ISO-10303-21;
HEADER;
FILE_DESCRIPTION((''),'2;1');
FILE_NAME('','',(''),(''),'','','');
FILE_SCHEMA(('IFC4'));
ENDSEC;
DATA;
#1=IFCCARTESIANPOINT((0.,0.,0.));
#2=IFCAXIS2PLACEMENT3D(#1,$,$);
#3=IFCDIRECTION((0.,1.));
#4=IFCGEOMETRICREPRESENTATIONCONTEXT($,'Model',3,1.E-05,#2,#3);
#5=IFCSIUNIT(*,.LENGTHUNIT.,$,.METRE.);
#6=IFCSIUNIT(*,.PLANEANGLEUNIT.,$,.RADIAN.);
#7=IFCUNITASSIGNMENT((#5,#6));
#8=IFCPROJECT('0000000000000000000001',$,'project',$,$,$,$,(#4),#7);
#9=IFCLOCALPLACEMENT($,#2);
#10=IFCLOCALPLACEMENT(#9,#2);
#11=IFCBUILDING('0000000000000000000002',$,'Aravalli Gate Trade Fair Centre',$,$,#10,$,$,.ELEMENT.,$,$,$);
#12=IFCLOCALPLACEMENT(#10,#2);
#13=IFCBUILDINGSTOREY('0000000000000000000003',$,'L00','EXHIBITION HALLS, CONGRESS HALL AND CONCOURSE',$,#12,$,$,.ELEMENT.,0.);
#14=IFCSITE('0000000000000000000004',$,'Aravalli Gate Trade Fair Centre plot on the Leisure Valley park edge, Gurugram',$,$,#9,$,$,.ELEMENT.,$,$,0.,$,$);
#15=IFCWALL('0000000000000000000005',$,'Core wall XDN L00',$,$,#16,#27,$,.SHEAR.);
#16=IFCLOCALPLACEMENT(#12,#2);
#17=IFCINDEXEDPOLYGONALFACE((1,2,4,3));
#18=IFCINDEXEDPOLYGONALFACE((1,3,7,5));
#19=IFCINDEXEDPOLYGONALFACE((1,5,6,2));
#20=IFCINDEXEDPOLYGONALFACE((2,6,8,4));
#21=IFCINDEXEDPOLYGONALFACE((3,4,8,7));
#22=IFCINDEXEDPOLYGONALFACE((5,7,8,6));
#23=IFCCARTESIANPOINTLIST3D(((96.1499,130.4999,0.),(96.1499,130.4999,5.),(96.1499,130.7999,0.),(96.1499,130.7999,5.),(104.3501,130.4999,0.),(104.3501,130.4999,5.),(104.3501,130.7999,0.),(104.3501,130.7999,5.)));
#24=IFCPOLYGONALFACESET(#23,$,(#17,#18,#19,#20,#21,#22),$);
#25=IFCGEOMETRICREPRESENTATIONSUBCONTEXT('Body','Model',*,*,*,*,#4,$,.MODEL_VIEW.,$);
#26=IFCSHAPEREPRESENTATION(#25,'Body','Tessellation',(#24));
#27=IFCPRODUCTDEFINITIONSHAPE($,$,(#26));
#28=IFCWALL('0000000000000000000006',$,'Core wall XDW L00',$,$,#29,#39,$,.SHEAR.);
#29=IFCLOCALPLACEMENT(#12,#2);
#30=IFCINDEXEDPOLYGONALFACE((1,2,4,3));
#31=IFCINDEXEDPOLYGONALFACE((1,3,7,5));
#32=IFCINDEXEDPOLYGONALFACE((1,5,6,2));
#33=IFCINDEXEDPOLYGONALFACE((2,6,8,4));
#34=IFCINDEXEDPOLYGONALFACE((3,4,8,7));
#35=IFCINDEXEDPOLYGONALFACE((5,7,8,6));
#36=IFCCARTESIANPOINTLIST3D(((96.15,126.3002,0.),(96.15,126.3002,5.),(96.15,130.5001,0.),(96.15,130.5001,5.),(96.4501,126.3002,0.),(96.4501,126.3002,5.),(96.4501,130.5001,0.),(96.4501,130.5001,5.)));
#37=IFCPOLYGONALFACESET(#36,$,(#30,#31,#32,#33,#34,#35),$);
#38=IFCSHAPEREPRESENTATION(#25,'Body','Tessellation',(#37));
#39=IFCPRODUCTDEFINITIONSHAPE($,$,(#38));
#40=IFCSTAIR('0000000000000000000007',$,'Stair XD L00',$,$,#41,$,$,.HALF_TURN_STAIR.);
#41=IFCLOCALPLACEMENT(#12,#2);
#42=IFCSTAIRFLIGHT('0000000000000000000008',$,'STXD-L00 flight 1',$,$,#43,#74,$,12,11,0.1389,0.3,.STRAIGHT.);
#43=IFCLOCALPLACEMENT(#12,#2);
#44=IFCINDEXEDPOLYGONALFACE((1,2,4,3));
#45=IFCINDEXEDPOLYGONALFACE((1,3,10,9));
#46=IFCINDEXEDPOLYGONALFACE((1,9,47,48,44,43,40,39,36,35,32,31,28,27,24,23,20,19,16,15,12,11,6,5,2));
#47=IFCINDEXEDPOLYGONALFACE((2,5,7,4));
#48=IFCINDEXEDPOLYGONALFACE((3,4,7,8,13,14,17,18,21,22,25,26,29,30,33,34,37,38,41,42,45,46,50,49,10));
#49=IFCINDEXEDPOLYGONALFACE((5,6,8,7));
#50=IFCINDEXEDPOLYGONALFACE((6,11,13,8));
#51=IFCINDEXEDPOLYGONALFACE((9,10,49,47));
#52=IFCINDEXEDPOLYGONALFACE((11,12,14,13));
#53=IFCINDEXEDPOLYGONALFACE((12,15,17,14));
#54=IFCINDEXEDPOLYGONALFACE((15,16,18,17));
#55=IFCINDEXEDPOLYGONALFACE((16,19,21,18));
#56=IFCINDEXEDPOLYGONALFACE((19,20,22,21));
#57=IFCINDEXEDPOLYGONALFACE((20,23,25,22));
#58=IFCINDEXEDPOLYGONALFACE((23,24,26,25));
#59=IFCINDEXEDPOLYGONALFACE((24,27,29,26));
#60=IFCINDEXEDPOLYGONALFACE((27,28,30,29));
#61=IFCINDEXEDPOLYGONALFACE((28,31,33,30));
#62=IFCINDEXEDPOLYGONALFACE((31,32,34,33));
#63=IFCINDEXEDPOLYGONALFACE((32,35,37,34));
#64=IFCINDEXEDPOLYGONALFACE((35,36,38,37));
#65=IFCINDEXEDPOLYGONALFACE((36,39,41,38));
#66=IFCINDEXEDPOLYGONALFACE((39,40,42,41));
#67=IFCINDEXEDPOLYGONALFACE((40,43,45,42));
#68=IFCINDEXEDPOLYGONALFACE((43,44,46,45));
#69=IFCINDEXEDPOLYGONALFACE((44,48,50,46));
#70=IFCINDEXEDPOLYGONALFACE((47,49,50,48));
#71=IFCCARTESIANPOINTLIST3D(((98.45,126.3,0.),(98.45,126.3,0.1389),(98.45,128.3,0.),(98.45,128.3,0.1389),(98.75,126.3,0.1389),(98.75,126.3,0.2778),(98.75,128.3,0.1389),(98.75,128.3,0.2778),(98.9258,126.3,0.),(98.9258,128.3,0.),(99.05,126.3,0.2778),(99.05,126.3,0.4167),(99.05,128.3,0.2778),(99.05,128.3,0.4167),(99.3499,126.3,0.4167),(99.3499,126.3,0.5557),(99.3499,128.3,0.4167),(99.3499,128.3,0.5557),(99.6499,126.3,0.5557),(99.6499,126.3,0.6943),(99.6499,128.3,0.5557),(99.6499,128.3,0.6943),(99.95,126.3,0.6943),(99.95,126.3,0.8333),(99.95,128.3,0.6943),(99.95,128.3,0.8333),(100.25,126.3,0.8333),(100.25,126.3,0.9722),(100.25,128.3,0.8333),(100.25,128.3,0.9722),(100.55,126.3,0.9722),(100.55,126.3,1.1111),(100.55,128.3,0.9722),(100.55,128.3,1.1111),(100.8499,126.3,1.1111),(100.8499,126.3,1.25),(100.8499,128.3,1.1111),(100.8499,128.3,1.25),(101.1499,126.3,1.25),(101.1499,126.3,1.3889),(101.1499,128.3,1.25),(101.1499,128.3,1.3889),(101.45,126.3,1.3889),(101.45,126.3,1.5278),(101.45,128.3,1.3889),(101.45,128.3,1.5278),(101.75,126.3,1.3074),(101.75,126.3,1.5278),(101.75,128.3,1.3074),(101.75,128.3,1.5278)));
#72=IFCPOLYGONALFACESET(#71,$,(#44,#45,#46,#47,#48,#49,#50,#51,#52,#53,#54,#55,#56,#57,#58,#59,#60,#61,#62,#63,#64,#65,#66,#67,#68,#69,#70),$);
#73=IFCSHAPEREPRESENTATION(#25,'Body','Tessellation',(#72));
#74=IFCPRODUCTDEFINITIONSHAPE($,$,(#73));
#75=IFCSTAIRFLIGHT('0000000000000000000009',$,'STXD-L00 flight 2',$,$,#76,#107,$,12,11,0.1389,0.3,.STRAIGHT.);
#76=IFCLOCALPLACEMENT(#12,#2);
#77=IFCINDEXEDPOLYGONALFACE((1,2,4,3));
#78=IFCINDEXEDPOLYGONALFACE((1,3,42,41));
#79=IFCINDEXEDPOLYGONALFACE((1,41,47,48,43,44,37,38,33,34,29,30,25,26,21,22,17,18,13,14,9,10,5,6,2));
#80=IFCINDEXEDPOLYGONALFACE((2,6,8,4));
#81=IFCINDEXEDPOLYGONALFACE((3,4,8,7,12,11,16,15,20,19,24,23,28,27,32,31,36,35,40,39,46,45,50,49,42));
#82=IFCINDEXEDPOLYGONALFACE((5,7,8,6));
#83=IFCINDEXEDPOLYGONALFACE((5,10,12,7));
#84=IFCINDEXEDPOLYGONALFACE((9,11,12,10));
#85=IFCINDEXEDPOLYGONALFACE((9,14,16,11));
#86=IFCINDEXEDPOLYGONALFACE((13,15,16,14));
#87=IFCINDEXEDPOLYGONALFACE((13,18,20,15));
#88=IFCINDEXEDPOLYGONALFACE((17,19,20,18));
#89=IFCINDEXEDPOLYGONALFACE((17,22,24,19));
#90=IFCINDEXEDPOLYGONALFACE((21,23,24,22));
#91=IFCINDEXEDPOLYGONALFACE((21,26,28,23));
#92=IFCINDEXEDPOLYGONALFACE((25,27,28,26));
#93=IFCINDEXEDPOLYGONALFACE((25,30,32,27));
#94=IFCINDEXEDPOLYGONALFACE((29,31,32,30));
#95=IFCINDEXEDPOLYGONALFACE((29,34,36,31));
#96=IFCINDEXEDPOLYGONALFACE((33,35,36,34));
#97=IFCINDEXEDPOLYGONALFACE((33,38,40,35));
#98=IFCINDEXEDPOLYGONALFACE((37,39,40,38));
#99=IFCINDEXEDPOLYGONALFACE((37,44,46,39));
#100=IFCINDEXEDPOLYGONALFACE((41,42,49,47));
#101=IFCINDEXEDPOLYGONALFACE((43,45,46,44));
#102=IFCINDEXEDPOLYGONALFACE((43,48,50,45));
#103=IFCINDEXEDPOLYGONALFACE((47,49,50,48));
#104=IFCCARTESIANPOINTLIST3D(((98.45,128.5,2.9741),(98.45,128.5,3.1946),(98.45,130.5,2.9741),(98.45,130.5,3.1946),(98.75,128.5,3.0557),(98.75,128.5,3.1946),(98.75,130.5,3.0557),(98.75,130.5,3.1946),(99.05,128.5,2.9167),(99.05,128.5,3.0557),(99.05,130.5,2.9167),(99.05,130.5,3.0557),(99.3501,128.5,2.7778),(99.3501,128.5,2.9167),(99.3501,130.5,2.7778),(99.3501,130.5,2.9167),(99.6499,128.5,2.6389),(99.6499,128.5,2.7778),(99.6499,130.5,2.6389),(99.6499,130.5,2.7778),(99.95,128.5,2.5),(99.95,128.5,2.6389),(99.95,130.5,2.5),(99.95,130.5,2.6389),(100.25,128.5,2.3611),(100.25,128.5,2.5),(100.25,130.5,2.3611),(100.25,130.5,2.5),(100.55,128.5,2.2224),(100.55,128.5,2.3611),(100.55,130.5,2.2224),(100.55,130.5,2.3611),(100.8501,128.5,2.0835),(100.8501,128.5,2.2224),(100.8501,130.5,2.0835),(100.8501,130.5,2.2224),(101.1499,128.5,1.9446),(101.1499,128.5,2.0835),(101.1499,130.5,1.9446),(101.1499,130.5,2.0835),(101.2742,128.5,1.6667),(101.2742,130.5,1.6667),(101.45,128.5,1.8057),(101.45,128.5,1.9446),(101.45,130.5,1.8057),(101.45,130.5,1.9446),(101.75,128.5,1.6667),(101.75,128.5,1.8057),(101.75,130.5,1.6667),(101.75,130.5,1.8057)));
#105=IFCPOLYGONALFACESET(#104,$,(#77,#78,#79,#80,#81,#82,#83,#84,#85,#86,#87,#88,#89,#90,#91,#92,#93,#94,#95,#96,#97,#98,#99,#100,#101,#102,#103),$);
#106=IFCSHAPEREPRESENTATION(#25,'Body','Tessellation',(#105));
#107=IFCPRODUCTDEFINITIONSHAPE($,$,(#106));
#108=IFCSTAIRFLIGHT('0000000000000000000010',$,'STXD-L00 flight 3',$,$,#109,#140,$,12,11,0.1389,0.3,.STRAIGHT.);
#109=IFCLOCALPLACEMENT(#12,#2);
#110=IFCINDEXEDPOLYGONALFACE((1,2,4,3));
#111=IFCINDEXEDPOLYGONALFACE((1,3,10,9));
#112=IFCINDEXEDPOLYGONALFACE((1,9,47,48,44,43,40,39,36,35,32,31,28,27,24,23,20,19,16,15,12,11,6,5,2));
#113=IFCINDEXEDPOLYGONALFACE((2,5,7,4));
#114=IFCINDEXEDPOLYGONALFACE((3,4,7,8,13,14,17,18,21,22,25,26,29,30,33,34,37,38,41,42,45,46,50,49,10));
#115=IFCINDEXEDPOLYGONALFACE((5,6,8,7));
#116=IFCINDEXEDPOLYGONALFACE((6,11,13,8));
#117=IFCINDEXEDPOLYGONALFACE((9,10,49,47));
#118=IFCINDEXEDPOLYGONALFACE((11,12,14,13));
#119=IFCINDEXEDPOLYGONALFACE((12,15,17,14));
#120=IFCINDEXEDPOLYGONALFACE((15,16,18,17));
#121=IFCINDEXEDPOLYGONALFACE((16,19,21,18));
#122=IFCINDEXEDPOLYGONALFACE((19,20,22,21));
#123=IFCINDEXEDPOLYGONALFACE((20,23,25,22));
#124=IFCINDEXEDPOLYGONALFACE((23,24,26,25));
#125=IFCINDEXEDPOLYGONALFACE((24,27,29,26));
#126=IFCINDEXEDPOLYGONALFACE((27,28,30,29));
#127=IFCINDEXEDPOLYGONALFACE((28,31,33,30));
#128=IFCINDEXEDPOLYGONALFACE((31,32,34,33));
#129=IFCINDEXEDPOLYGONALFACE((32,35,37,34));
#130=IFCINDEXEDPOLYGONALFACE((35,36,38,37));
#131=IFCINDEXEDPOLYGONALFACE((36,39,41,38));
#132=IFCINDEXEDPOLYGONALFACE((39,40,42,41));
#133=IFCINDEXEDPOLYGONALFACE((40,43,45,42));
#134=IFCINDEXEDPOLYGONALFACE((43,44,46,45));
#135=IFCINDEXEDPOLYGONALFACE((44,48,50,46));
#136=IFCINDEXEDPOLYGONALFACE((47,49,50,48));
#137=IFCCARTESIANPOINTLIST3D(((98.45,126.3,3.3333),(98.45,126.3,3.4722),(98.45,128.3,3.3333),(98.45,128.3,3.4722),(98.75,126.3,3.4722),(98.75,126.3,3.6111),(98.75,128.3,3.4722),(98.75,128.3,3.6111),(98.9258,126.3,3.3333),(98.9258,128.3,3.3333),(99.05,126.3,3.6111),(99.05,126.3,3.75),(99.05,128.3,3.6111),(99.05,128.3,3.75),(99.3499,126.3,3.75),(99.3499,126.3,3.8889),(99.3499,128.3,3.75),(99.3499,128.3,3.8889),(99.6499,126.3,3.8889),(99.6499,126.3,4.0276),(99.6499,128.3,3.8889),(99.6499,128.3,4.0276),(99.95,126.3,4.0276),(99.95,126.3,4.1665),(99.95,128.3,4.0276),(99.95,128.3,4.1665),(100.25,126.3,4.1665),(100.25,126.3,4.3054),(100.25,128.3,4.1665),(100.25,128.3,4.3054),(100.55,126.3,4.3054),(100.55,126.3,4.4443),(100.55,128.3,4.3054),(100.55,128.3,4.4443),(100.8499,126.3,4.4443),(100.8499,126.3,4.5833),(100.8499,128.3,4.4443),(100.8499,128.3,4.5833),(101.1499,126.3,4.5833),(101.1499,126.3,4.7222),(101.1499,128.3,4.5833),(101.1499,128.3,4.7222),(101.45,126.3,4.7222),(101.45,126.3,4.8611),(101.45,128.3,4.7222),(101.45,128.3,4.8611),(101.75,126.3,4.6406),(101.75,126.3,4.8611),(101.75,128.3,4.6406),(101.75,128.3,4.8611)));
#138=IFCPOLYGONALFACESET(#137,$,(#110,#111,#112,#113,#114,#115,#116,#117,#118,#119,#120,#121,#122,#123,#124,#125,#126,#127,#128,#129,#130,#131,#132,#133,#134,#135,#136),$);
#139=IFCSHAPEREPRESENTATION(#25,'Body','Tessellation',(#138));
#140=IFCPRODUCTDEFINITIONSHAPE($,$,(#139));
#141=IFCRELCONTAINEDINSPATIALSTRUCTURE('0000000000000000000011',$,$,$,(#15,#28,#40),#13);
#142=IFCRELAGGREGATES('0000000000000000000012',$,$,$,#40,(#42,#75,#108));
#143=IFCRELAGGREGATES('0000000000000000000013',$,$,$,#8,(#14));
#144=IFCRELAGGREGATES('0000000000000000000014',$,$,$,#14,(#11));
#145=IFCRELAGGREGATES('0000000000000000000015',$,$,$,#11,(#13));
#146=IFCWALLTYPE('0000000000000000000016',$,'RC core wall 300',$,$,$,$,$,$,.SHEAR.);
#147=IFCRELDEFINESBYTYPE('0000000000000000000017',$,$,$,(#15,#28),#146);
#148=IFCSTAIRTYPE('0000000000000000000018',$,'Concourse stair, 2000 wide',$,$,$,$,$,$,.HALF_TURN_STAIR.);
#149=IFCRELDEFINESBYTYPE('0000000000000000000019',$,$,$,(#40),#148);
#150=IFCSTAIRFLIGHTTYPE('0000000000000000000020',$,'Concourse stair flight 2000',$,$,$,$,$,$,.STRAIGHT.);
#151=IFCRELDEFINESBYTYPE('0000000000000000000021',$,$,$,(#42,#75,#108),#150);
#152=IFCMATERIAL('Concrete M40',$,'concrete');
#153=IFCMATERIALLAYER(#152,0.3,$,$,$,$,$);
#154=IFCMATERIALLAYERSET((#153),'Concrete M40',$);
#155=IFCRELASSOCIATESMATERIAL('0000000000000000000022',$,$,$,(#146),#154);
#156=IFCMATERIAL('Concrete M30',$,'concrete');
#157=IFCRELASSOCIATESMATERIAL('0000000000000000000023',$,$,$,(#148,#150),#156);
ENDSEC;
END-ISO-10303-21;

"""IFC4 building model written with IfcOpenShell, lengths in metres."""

from ifc_helpers import new_model, si_unit, direction, frame, frame_2d, origin, place, context, subcontext, project, spatial, polyline, rectangle, outline, extrude, material, layer, layer_set, type_object, element, aggregate, save


model = new_model("IFC4")

# Units and contexts
model_context = context("Model", 3, precision=1e-05, world=origin(), true_north=direction((0.0, 1.0)))
body_context = subcontext(model_context, "Body", "Model", "MODEL_VIEW")
ifc_project = project(units=[si_unit("LENGTHUNIT", "METRE"), si_unit("PLANEANGLEUNIT", "RADIAN")], contexts=[model_context])

# Site, building, storey
site_placement = place(None, origin())
site = spatial("IfcSite", under=ifc_project, at=site_placement, Name="Aravalli Gate Trade Fair Centre plot on the Leisure Valley park edge, Gurugram", CompositionType="ELEMENT", RefElevation=0.0)
building_placement = place(site_placement, origin())
building = spatial("IfcBuilding", under=site, at=building_placement, Name="Aravalli Gate Trade Fair Centre", CompositionType="ELEMENT")
storey_placement = place(building_placement, origin())
storey = spatial("IfcBuildingStorey", under=building, at=storey_placement, Name="L00", Description="EXHIBITION HALLS, CONGRESS HALL AND CONCOURSE", CompositionType="ELEMENT", Elevation=0.0)

# Shared definitions
ifc_material_1 = material(Name="Concrete M40", Category="concrete")
ifc_layer_1 = layer(ifc_material_1, 0.3)
ifc_layer_set_1 = layer_set([ifc_layer_1], Name="Concrete M40")
wall_type_1 = type_object("IfcWallType", Name="RC core wall 300", PredefinedType="SHEAR", material=ifc_layer_set_1)

# Walls
wall_1_placement = place(storey_placement, frame((96.1499, 130.6499, 0.0), z_axis=(0.0, 0.0, 1.0), x_axis=(1.0, 0.0, 0.0)))
element("IfcWall", 1, at=wall_1_placement, inside=storey, type_object=wall_type_1, Name="Core wall XDN L00", PredefinedType="SHEAR", context=body_context, shape_type="SweptSolid", body=[
    extrude(rectangle(XDim=8.2002, YDim=0.3, at=frame_2d((4.1001, 0.0))), origin(), (0.0, 0.0, 1.0), 5.0),
])
wall_2_placement = place(storey_placement, frame((96.3, 126.3, 0.0), z_axis=(0.0, 0.0, 1.0), x_axis=(0.0, 1.0, 0.0)))
element("IfcWall", 2, at=wall_2_placement, inside=storey, type_object=wall_type_1, Name="Core wall XDW L00", PredefinedType="SHEAR", context=body_context, shape_type="SweptSolid", body=[
    extrude(rectangle(XDim=4.2, YDim=0.3, at=frame_2d((2.1001, 0.0))), origin(), (0.0, 0.0, 1.0), 5.0),
])

# Stair, stair flights
ifc_material_2 = material(Name="Concrete M30", Category="concrete")
stair_type = type_object("IfcStairType", Name="Concourse stair, 2000 wide", PredefinedType="HALF_TURN_STAIR", material=ifc_material_2)
stair_placement = place(storey_placement, origin())
stair = element("IfcStair", 3, at=stair_placement, inside=storey, type_object=stair_type, Name="Stair XD L00", PredefinedType="HALF_TURN_STAIR")
stair_flight_type = type_object("IfcStairFlightType", Name="Concourse stair flight 2000", PredefinedType="STRAIGHT", material=ifc_material_2)
stair_flight_1_placement = place(storey_placement, frame((98.45, 127.3, 0.0), z_axis=(0.0, 0.0, 1.0), x_axis=(1.0, 0.0, 0.0)))
stair_flight_1 = element("IfcStairFlight", 4, at=stair_flight_1_placement, type_object=stair_flight_type, Name="STXD-L00 flight 1", NumberOfRisers=12, NumberOfTreads=11, PredefinedType="STRAIGHT", RiserHeight=0.1389, TreadLength=0.3, context=body_context, shape_type="SweptSolid", body=[
    extrude(outline(polyline([(0.0, 0.0), (0.0, 0.1389), (0.3, 0.1389), (0.3, 0.2778), (0.6001, 0.2778), (0.6001, 0.4167), (0.8999, 0.4167), (0.8999, 0.5557), (1.2, 0.5557), (1.2, 0.6943), (1.5, 0.6943), (1.5, 0.8333), (1.8, 0.8333), (1.8, 0.9722), (2.1001, 0.9722), (2.1001, 1.1111), (2.3999, 1.1111), (2.3999, 1.25), (2.7, 1.25), (2.7, 1.3889), (3.0, 1.3889), (3.0, 1.5278), (3.3, 1.5278), (3.3, 1.6667), (3.3, 1.3074), (0.4758, 0.0), (0.0, 0.0)])), frame((0.0, 1.0, 0.0), z_axis=(0.0, -1.0, 0.0), x_axis=(1.0, 0.0, 0.0)), (0.0, 0.0, 1.0), 2.0),
])
stair_flight_2_placement = place(storey_placement, frame((101.75, 129.5, 1.6667), z_axis=(0.0, 0.0, 1.0), x_axis=(-1.0, 0.0, 0.0)))
stair_flight_2 = element("IfcStairFlight", 5, at=stair_flight_2_placement, type_object=stair_flight_type, Name="STXD-L00 flight 2", NumberOfRisers=12, NumberOfTreads=11, PredefinedType="STRAIGHT", RiserHeight=0.1389, TreadLength=0.3, context=body_context, shape_type="SweptSolid", body=[
    extrude(outline(polyline([(0.0, 0.0), (0.0, 0.1389), (0.3, 0.1389), (0.3, 0.2778), (0.6001, 0.2778), (0.6001, 0.4167), (0.8999, 0.4167), (0.8999, 0.5557), (1.2, 0.5557), (1.2, 0.6943), (1.5, 0.6943), (1.5, 0.8333), (1.8, 0.8333), (1.8, 0.9722), (2.1001, 0.9722), (2.1001, 1.1111), (2.3999, 1.1111), (2.3999, 1.25), (2.7, 1.25), (2.7, 1.3889), (3.0, 1.3889), (3.0, 1.5278), (3.3, 1.5278), (3.3, 1.6667), (3.3, 1.3074), (0.4758, 0.0), (0.0, 0.0)])), frame((0.0, 1.0, 0.0), z_axis=(0.0, -1.0, 0.0), x_axis=(1.0, 0.0, 0.0)), (0.0, 0.0, 1.0), 2.0),
])
stair_flight_3_placement = place(storey_placement, frame((98.45, 127.3, 3.3333), z_axis=(0.0, 0.0, 1.0), x_axis=(1.0, 0.0, 0.0)))
stair_flight_3 = element("IfcStairFlight", 6, at=stair_flight_3_placement, type_object=stair_flight_type, Name="STXD-L00 flight 3", NumberOfRisers=12, NumberOfTreads=11, PredefinedType="STRAIGHT", RiserHeight=0.1389, TreadLength=0.3, context=body_context, shape_type="SweptSolid", body=[
    extrude(outline(polyline([(0.0, 0.0), (0.0, 0.1389), (0.3, 0.1389), (0.3, 0.2778), (0.6001, 0.2778), (0.6001, 0.4167), (0.8999, 0.4167), (0.8999, 0.5557), (1.2, 0.5557), (1.2, 0.6943), (1.5, 0.6943), (1.5, 0.8333), (1.8, 0.8333), (1.8, 0.9722), (2.1001, 0.9722), (2.1001, 1.1111), (2.3999, 1.1111), (2.3999, 1.25), (2.7, 1.25), (2.7, 1.3889), (3.0, 1.3889), (3.0, 1.5278), (3.3, 1.5278), (3.3, 1.6667), (3.3, 1.3074), (0.4758, 0.0), (0.0, 0.0)])), frame((0.0, 1.0, 0.0), z_axis=(0.0, -1.0, 0.0), x_axis=(1.0, 0.0, 0.0)), (0.0, 0.0, 1.0), 2.0),
])
aggregate(stair, [stair_flight_1, stair_flight_2, stair_flight_3])

save(model, "model.ifc")
